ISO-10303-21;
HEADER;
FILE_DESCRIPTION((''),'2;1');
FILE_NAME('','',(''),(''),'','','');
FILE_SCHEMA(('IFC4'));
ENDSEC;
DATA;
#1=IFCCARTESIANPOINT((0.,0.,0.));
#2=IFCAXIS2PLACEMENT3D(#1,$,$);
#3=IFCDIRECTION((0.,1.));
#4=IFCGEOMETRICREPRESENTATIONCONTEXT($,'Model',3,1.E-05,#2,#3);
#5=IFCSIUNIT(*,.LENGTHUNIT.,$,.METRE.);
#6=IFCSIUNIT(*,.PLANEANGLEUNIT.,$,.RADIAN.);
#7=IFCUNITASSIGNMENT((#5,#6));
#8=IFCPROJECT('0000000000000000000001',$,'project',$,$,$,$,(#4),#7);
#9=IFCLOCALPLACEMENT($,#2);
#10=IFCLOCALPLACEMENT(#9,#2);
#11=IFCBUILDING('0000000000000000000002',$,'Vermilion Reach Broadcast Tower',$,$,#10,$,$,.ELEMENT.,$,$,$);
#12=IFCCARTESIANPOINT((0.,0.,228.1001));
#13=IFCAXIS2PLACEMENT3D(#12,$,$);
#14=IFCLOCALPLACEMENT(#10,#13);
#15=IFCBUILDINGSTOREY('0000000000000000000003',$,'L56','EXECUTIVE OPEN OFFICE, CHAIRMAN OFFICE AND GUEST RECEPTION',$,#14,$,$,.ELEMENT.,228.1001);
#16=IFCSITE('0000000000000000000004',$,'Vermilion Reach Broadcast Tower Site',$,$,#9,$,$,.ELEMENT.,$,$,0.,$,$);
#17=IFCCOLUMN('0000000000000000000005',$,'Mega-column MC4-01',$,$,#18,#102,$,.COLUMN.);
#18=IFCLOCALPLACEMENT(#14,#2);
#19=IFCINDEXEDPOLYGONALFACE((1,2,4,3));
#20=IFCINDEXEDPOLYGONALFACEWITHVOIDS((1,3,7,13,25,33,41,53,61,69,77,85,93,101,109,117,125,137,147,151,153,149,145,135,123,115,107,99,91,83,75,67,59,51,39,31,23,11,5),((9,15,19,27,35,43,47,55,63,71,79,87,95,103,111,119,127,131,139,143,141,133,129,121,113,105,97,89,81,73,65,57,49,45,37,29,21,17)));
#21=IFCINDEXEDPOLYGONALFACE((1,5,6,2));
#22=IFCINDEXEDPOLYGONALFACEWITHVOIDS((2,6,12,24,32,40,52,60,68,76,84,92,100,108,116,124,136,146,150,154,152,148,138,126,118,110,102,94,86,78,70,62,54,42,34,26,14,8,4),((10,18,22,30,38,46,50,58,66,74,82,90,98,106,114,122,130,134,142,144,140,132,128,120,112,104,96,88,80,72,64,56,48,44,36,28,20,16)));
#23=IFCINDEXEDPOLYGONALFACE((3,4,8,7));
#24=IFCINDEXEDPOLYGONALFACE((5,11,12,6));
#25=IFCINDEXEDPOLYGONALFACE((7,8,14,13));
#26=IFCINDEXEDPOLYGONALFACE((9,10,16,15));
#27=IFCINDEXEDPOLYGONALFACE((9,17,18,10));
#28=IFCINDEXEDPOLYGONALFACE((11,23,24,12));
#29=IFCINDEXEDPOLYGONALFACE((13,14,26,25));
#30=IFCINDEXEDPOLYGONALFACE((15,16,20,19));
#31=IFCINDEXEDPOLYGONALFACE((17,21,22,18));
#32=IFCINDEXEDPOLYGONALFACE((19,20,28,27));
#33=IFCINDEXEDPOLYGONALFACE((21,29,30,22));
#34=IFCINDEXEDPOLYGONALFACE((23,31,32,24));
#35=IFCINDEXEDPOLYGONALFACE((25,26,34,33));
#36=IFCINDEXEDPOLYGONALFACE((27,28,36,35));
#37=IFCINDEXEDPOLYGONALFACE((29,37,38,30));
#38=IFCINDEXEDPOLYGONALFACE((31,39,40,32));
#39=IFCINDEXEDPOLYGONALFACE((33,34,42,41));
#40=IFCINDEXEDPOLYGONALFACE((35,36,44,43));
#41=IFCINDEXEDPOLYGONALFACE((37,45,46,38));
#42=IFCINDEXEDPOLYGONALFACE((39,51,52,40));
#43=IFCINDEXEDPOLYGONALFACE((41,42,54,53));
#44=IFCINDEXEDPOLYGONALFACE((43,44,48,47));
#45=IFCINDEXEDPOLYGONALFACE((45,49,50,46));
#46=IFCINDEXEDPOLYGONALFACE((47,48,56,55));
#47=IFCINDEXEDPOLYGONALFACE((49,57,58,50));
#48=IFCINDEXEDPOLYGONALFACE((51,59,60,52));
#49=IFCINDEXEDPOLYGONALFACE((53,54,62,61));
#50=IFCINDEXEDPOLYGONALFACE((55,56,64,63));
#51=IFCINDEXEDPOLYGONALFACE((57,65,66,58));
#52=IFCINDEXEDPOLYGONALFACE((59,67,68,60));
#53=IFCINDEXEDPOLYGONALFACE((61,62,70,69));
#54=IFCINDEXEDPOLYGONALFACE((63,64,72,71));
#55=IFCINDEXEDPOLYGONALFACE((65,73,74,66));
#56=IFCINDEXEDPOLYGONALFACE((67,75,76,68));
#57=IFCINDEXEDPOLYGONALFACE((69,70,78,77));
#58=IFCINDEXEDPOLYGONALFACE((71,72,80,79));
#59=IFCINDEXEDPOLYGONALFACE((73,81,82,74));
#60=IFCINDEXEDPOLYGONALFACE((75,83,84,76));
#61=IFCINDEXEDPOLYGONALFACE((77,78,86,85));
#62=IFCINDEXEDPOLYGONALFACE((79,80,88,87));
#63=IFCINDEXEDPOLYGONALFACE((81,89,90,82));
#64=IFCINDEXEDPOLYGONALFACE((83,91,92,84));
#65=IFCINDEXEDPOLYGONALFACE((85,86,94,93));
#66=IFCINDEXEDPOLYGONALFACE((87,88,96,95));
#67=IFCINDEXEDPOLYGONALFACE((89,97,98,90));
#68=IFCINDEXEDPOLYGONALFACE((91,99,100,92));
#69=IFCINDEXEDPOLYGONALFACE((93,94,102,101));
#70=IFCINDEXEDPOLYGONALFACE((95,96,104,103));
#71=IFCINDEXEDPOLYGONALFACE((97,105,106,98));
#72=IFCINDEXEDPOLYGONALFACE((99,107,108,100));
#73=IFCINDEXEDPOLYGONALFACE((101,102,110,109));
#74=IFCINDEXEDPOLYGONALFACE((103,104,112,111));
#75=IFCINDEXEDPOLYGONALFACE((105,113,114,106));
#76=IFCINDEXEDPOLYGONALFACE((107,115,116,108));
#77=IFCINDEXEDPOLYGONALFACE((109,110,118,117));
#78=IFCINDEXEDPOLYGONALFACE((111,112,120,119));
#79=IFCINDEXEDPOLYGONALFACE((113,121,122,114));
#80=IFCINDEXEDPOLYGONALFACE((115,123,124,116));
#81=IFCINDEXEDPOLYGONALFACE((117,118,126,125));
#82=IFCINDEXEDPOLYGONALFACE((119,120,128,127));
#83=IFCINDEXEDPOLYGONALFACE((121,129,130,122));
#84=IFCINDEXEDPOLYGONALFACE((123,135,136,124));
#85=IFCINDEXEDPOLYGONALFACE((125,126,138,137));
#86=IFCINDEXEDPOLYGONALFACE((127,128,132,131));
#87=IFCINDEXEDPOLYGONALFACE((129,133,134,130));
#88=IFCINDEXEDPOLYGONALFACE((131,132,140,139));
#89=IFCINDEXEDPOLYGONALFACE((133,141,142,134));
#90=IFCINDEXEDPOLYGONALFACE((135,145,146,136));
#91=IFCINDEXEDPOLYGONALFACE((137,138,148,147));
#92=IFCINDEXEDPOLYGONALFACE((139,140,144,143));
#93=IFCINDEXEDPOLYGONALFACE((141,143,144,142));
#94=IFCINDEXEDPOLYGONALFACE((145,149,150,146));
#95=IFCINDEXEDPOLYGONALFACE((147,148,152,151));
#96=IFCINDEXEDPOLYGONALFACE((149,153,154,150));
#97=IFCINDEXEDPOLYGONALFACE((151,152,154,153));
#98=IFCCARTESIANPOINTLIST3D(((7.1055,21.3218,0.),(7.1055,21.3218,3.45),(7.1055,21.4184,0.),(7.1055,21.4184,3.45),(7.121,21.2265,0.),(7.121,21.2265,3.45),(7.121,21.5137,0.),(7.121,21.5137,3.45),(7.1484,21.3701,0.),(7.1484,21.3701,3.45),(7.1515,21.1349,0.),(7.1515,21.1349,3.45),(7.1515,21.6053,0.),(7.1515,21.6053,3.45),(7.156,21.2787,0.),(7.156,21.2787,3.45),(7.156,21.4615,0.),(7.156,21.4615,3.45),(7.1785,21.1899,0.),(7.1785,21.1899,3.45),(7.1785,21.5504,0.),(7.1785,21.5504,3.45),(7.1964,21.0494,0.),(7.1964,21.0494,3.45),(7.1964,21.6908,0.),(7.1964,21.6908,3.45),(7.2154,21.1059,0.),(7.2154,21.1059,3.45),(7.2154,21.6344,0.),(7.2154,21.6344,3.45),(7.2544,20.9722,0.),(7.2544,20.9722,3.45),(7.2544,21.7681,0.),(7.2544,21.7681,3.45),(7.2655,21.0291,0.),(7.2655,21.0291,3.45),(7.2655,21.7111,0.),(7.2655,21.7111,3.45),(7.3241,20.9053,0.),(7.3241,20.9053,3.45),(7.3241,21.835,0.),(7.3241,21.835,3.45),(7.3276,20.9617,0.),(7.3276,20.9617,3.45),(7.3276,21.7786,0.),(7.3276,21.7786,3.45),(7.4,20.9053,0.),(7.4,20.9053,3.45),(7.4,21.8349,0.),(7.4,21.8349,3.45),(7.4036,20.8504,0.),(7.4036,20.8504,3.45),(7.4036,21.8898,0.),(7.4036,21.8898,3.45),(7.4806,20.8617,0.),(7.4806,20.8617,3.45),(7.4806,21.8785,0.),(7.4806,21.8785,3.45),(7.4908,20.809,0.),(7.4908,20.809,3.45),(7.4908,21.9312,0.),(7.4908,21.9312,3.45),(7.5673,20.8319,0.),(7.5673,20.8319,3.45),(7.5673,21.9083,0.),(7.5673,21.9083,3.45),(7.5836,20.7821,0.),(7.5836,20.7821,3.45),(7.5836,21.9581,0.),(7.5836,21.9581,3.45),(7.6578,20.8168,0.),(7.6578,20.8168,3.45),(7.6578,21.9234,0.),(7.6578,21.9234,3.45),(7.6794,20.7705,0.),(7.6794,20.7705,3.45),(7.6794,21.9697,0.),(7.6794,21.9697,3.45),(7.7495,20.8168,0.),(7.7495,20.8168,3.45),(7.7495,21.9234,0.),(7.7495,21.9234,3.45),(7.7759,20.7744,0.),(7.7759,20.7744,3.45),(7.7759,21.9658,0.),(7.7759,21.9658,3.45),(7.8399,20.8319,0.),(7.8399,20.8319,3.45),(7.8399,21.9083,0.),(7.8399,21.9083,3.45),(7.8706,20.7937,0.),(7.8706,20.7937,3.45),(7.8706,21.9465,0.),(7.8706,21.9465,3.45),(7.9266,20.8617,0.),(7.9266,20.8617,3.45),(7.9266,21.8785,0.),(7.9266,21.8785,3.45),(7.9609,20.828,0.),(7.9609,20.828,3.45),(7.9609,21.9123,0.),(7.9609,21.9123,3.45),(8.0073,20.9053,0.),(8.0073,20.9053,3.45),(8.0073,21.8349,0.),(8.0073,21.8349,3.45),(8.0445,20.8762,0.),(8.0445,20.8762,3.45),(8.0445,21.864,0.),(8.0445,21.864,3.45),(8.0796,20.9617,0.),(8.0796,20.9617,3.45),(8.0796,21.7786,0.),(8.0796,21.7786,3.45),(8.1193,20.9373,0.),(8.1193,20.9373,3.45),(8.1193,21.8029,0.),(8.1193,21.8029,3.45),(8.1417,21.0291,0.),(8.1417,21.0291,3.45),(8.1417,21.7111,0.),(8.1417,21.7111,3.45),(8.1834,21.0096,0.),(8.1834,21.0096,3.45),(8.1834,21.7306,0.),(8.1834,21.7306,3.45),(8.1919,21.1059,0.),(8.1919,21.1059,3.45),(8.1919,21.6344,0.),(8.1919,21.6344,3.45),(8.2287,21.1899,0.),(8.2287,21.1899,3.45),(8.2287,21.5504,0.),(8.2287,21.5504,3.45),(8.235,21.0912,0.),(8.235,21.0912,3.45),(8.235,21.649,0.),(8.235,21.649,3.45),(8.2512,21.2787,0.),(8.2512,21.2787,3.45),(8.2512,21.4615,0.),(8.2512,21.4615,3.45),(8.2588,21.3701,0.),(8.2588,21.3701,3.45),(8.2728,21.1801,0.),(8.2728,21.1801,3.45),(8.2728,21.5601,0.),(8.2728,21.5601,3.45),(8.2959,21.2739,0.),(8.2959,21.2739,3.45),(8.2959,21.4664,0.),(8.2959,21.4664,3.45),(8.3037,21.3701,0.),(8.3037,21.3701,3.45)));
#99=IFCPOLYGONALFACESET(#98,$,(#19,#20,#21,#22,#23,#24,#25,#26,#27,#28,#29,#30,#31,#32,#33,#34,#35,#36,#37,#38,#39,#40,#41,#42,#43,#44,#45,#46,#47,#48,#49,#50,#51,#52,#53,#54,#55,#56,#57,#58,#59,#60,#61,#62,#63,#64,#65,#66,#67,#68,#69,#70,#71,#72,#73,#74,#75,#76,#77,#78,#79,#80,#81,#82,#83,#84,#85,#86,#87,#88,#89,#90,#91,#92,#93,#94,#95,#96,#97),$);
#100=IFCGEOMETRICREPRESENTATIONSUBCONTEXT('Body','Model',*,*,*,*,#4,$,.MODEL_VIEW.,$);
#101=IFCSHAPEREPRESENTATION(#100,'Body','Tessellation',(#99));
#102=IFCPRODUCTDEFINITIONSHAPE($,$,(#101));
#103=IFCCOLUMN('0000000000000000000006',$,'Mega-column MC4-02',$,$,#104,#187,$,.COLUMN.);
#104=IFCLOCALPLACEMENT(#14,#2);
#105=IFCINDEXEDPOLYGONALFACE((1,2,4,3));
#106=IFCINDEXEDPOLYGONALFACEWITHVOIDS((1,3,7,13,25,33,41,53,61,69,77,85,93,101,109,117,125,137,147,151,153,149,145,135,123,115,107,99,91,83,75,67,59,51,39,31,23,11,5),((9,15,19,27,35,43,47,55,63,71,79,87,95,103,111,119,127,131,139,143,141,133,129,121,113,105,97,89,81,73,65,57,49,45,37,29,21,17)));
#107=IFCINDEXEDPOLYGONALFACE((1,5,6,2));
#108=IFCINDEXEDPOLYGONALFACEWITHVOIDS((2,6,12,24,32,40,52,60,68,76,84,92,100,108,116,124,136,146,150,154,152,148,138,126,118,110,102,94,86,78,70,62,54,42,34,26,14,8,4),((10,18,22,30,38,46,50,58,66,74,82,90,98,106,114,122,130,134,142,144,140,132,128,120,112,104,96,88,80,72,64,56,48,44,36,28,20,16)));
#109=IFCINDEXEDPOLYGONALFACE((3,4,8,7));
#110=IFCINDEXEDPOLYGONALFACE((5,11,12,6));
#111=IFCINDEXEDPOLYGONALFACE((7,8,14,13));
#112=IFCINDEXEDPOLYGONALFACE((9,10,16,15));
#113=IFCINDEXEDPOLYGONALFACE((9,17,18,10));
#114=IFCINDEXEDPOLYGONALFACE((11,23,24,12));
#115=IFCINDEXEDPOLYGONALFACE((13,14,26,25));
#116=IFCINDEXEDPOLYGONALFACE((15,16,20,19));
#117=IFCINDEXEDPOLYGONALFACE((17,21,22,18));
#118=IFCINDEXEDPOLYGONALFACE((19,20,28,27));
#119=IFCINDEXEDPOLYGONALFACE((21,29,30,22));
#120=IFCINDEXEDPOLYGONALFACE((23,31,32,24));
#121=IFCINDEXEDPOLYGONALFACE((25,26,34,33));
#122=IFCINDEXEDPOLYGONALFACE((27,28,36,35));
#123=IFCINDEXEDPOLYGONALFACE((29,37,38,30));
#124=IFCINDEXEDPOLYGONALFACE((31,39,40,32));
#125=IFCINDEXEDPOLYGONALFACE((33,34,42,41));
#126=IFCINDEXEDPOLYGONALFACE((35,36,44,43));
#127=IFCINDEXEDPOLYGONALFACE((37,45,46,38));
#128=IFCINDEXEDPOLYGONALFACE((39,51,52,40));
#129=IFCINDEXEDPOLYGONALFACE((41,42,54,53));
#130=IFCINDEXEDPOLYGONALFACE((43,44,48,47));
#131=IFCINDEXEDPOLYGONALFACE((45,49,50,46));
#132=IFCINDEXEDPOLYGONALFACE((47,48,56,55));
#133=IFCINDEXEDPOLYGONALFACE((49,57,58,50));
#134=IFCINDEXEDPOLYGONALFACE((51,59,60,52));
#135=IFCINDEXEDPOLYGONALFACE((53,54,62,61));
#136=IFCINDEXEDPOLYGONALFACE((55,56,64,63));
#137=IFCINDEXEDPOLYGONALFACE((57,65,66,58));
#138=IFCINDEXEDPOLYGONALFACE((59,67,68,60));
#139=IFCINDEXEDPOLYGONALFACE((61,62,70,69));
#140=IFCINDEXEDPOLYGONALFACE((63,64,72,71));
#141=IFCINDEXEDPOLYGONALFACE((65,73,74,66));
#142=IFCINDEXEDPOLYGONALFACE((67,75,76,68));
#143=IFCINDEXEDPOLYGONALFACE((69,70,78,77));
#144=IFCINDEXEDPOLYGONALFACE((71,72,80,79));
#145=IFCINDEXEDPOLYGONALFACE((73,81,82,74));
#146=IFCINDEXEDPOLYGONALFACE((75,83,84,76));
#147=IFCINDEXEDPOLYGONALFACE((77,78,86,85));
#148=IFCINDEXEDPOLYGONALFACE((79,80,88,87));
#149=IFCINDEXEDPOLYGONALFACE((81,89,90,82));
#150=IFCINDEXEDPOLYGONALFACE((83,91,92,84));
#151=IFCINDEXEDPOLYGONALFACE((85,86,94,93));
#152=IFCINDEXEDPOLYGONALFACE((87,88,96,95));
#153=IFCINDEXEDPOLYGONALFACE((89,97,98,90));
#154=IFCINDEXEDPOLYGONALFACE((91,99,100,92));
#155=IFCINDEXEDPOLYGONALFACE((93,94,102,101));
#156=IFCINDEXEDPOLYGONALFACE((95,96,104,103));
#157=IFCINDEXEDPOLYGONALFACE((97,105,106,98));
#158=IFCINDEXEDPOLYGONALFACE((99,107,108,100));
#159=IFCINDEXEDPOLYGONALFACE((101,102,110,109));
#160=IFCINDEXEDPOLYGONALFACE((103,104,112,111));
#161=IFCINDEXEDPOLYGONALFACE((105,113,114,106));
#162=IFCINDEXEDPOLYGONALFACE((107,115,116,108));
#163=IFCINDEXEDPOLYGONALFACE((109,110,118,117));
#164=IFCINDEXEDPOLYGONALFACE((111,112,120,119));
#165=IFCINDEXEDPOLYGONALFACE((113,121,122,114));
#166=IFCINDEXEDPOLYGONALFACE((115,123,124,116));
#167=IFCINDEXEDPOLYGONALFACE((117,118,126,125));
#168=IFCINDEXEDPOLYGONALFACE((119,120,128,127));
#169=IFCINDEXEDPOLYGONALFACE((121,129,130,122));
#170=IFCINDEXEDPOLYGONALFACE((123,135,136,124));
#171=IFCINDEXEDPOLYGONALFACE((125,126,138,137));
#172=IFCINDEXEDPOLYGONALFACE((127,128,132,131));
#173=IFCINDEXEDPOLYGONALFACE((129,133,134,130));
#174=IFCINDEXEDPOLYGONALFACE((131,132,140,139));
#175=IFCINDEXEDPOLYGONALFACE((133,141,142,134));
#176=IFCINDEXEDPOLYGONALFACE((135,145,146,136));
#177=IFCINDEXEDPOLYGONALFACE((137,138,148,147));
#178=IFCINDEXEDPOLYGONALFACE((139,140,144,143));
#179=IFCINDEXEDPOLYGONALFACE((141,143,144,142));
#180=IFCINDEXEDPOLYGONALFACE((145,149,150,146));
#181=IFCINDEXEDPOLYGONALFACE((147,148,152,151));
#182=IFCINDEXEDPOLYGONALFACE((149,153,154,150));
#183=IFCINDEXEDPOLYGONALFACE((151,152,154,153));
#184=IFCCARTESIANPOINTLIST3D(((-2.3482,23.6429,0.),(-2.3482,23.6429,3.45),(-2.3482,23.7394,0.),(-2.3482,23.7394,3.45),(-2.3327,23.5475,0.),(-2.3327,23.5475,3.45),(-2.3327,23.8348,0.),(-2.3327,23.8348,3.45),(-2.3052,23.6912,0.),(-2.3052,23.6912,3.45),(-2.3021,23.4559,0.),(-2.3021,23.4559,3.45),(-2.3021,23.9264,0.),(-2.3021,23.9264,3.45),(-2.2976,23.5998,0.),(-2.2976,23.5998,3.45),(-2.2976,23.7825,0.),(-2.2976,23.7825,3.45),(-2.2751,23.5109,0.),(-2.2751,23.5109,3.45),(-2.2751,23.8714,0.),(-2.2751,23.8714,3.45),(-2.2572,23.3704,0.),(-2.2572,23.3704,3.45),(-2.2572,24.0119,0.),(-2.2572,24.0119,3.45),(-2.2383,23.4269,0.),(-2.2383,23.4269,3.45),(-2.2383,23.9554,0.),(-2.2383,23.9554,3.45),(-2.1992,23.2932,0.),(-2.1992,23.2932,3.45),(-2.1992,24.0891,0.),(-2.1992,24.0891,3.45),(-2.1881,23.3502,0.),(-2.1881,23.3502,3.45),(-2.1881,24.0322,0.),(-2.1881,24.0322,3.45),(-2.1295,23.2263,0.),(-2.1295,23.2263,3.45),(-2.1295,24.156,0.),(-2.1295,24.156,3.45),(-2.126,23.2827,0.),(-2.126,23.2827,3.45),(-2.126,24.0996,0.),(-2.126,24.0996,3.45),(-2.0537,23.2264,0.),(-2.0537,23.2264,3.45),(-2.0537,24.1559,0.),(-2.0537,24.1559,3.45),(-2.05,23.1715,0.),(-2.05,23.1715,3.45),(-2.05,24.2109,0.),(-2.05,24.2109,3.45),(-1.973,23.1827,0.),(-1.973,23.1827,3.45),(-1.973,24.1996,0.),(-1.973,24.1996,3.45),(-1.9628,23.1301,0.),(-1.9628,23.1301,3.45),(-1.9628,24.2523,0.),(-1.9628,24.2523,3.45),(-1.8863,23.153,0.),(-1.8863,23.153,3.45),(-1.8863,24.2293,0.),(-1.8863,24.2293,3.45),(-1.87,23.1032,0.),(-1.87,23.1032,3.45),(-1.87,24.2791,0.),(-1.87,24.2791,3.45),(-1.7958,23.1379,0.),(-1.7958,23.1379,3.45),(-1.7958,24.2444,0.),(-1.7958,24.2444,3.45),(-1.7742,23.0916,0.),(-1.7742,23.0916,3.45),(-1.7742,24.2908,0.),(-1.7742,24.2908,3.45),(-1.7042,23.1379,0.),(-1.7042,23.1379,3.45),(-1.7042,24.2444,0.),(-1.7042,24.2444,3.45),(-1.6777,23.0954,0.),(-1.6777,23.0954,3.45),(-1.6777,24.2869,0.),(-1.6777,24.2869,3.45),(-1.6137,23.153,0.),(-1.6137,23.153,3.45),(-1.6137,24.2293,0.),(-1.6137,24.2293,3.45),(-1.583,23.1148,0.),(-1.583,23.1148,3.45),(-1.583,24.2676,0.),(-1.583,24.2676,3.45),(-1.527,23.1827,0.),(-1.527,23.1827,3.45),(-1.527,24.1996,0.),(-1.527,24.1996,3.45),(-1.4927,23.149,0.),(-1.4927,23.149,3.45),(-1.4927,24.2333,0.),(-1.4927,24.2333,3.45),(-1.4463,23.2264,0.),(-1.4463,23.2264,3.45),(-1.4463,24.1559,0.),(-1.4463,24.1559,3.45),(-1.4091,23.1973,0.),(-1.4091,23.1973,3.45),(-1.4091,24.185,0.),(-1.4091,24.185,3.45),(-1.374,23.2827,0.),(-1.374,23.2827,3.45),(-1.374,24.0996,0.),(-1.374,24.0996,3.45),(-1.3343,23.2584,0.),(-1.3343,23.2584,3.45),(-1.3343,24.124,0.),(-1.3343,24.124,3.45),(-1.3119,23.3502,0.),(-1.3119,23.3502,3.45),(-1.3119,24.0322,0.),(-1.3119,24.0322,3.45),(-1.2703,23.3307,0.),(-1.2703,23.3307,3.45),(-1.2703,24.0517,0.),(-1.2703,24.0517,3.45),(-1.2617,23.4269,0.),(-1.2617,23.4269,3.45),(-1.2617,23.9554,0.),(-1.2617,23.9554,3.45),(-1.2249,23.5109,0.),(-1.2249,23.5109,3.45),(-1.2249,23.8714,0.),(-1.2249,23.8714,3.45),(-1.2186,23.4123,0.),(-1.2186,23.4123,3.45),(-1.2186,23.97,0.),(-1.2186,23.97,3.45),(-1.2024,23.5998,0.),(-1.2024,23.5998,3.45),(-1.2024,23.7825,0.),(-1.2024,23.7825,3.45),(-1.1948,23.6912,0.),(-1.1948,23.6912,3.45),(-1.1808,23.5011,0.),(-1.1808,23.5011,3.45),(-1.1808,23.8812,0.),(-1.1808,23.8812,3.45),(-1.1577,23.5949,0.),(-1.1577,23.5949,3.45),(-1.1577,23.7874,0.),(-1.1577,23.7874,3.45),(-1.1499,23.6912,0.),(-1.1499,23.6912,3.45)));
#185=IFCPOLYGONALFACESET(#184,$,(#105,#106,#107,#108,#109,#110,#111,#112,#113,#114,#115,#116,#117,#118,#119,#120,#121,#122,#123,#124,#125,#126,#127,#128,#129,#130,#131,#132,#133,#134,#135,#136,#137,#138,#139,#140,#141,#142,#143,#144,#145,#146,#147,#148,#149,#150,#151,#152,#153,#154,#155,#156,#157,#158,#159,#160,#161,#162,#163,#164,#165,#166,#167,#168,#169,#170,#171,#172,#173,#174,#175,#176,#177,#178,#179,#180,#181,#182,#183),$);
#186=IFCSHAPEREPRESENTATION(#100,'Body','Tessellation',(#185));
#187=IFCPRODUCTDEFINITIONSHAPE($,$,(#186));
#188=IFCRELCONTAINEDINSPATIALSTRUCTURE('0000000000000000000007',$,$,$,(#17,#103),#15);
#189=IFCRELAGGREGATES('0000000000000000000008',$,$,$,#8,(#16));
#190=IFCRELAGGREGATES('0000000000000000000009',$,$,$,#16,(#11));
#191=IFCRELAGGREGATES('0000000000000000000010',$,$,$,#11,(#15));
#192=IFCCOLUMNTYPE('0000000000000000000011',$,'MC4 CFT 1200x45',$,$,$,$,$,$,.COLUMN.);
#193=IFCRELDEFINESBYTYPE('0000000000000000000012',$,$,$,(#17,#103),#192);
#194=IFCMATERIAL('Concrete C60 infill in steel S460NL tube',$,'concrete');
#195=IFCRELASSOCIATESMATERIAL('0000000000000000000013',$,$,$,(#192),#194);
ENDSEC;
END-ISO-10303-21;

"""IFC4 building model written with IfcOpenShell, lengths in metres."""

from ifc_helpers import new_model, si_unit, direction, frame, origin, origin_2d, place, context, subcontext, project, spatial, hollow_circle, extrude, material, material_profile, profile_set, type_object, element, save


model = new_model("IFC4")

# Units and contexts
model_context = context("Model", 3, precision=1e-05, world=origin(), true_north=direction((0.0, 1.0)))
body_context = subcontext(model_context, "Body", "Model", "MODEL_VIEW")
ifc_project = project(units=[si_unit("LENGTHUNIT", "METRE"), si_unit("PLANEANGLEUNIT", "RADIAN")], contexts=[model_context])

# Site, building, storey
site_placement = place(None, origin())
site = spatial("IfcSite", under=ifc_project, at=site_placement, Name="Vermilion Reach Broadcast Tower Site", CompositionType="ELEMENT", RefElevation=0.0)
building_placement = place(site_placement, origin())
building = spatial("IfcBuilding", under=site, at=building_placement, Name="Vermilion Reach Broadcast Tower", CompositionType="ELEMENT")
storey_placement = place(building_placement, frame((0.0, 0.0, 228.1001)))
storey = spatial("IfcBuildingStorey", under=building, at=storey_placement, Name="L56", Description="EXECUTIVE OPEN OFFICE, CHAIRMAN OFFICE AND GUEST RECEPTION", CompositionType="ELEMENT", Elevation=228.1001)

# Columns
ifc_material_1 = material(Name="Concrete C60 infill in steel S460NL tube", Category="concrete")
ifc_material_profile_1 = material_profile(ifc_material_1, hollow_circle(Radius=0.6001, WallThickness=0.0449, at=origin_2d()), Name="Concrete C60 infill in steel S460NL tube CFT 1200x45")
ifc_profile_set_1 = profile_set([ifc_material_profile_1], Name="Concrete C60 infill in steel S460NL tube")
column_type = type_object("IfcColumnType", Name="MC4 CFT 1200x45", PredefinedType="COLUMN", material=ifc_profile_set_1)
for number, where, z_axis, x_axis, name in (
    (1, (7.7036, 21.3701, 0.0), (0.0, 0.0, 1.0), (1.0, 0.0, 0.0), "Mega-column MC4-01"),
    (2, (-1.75, 23.6912, 0.0), (0.0, 0.0, 1.0), (1.0, 0.0, 0.0), "Mega-column MC4-02"),
):
    element("IfcColumn", number, at=place(storey_placement, frame(where, z_axis=z_axis, x_axis=x_axis)), inside=storey, type_object=column_type, Name=name, PredefinedType="COLUMN", context=body_context, shape_type="SweptSolid", body=[
        extrude(hollow_circle(Radius=0.6001, WallThickness=0.0449, at=origin_2d()), origin(), (0.0, 0.0, 1.0), 3.45),
    ])

save(model, "model.ifc")
